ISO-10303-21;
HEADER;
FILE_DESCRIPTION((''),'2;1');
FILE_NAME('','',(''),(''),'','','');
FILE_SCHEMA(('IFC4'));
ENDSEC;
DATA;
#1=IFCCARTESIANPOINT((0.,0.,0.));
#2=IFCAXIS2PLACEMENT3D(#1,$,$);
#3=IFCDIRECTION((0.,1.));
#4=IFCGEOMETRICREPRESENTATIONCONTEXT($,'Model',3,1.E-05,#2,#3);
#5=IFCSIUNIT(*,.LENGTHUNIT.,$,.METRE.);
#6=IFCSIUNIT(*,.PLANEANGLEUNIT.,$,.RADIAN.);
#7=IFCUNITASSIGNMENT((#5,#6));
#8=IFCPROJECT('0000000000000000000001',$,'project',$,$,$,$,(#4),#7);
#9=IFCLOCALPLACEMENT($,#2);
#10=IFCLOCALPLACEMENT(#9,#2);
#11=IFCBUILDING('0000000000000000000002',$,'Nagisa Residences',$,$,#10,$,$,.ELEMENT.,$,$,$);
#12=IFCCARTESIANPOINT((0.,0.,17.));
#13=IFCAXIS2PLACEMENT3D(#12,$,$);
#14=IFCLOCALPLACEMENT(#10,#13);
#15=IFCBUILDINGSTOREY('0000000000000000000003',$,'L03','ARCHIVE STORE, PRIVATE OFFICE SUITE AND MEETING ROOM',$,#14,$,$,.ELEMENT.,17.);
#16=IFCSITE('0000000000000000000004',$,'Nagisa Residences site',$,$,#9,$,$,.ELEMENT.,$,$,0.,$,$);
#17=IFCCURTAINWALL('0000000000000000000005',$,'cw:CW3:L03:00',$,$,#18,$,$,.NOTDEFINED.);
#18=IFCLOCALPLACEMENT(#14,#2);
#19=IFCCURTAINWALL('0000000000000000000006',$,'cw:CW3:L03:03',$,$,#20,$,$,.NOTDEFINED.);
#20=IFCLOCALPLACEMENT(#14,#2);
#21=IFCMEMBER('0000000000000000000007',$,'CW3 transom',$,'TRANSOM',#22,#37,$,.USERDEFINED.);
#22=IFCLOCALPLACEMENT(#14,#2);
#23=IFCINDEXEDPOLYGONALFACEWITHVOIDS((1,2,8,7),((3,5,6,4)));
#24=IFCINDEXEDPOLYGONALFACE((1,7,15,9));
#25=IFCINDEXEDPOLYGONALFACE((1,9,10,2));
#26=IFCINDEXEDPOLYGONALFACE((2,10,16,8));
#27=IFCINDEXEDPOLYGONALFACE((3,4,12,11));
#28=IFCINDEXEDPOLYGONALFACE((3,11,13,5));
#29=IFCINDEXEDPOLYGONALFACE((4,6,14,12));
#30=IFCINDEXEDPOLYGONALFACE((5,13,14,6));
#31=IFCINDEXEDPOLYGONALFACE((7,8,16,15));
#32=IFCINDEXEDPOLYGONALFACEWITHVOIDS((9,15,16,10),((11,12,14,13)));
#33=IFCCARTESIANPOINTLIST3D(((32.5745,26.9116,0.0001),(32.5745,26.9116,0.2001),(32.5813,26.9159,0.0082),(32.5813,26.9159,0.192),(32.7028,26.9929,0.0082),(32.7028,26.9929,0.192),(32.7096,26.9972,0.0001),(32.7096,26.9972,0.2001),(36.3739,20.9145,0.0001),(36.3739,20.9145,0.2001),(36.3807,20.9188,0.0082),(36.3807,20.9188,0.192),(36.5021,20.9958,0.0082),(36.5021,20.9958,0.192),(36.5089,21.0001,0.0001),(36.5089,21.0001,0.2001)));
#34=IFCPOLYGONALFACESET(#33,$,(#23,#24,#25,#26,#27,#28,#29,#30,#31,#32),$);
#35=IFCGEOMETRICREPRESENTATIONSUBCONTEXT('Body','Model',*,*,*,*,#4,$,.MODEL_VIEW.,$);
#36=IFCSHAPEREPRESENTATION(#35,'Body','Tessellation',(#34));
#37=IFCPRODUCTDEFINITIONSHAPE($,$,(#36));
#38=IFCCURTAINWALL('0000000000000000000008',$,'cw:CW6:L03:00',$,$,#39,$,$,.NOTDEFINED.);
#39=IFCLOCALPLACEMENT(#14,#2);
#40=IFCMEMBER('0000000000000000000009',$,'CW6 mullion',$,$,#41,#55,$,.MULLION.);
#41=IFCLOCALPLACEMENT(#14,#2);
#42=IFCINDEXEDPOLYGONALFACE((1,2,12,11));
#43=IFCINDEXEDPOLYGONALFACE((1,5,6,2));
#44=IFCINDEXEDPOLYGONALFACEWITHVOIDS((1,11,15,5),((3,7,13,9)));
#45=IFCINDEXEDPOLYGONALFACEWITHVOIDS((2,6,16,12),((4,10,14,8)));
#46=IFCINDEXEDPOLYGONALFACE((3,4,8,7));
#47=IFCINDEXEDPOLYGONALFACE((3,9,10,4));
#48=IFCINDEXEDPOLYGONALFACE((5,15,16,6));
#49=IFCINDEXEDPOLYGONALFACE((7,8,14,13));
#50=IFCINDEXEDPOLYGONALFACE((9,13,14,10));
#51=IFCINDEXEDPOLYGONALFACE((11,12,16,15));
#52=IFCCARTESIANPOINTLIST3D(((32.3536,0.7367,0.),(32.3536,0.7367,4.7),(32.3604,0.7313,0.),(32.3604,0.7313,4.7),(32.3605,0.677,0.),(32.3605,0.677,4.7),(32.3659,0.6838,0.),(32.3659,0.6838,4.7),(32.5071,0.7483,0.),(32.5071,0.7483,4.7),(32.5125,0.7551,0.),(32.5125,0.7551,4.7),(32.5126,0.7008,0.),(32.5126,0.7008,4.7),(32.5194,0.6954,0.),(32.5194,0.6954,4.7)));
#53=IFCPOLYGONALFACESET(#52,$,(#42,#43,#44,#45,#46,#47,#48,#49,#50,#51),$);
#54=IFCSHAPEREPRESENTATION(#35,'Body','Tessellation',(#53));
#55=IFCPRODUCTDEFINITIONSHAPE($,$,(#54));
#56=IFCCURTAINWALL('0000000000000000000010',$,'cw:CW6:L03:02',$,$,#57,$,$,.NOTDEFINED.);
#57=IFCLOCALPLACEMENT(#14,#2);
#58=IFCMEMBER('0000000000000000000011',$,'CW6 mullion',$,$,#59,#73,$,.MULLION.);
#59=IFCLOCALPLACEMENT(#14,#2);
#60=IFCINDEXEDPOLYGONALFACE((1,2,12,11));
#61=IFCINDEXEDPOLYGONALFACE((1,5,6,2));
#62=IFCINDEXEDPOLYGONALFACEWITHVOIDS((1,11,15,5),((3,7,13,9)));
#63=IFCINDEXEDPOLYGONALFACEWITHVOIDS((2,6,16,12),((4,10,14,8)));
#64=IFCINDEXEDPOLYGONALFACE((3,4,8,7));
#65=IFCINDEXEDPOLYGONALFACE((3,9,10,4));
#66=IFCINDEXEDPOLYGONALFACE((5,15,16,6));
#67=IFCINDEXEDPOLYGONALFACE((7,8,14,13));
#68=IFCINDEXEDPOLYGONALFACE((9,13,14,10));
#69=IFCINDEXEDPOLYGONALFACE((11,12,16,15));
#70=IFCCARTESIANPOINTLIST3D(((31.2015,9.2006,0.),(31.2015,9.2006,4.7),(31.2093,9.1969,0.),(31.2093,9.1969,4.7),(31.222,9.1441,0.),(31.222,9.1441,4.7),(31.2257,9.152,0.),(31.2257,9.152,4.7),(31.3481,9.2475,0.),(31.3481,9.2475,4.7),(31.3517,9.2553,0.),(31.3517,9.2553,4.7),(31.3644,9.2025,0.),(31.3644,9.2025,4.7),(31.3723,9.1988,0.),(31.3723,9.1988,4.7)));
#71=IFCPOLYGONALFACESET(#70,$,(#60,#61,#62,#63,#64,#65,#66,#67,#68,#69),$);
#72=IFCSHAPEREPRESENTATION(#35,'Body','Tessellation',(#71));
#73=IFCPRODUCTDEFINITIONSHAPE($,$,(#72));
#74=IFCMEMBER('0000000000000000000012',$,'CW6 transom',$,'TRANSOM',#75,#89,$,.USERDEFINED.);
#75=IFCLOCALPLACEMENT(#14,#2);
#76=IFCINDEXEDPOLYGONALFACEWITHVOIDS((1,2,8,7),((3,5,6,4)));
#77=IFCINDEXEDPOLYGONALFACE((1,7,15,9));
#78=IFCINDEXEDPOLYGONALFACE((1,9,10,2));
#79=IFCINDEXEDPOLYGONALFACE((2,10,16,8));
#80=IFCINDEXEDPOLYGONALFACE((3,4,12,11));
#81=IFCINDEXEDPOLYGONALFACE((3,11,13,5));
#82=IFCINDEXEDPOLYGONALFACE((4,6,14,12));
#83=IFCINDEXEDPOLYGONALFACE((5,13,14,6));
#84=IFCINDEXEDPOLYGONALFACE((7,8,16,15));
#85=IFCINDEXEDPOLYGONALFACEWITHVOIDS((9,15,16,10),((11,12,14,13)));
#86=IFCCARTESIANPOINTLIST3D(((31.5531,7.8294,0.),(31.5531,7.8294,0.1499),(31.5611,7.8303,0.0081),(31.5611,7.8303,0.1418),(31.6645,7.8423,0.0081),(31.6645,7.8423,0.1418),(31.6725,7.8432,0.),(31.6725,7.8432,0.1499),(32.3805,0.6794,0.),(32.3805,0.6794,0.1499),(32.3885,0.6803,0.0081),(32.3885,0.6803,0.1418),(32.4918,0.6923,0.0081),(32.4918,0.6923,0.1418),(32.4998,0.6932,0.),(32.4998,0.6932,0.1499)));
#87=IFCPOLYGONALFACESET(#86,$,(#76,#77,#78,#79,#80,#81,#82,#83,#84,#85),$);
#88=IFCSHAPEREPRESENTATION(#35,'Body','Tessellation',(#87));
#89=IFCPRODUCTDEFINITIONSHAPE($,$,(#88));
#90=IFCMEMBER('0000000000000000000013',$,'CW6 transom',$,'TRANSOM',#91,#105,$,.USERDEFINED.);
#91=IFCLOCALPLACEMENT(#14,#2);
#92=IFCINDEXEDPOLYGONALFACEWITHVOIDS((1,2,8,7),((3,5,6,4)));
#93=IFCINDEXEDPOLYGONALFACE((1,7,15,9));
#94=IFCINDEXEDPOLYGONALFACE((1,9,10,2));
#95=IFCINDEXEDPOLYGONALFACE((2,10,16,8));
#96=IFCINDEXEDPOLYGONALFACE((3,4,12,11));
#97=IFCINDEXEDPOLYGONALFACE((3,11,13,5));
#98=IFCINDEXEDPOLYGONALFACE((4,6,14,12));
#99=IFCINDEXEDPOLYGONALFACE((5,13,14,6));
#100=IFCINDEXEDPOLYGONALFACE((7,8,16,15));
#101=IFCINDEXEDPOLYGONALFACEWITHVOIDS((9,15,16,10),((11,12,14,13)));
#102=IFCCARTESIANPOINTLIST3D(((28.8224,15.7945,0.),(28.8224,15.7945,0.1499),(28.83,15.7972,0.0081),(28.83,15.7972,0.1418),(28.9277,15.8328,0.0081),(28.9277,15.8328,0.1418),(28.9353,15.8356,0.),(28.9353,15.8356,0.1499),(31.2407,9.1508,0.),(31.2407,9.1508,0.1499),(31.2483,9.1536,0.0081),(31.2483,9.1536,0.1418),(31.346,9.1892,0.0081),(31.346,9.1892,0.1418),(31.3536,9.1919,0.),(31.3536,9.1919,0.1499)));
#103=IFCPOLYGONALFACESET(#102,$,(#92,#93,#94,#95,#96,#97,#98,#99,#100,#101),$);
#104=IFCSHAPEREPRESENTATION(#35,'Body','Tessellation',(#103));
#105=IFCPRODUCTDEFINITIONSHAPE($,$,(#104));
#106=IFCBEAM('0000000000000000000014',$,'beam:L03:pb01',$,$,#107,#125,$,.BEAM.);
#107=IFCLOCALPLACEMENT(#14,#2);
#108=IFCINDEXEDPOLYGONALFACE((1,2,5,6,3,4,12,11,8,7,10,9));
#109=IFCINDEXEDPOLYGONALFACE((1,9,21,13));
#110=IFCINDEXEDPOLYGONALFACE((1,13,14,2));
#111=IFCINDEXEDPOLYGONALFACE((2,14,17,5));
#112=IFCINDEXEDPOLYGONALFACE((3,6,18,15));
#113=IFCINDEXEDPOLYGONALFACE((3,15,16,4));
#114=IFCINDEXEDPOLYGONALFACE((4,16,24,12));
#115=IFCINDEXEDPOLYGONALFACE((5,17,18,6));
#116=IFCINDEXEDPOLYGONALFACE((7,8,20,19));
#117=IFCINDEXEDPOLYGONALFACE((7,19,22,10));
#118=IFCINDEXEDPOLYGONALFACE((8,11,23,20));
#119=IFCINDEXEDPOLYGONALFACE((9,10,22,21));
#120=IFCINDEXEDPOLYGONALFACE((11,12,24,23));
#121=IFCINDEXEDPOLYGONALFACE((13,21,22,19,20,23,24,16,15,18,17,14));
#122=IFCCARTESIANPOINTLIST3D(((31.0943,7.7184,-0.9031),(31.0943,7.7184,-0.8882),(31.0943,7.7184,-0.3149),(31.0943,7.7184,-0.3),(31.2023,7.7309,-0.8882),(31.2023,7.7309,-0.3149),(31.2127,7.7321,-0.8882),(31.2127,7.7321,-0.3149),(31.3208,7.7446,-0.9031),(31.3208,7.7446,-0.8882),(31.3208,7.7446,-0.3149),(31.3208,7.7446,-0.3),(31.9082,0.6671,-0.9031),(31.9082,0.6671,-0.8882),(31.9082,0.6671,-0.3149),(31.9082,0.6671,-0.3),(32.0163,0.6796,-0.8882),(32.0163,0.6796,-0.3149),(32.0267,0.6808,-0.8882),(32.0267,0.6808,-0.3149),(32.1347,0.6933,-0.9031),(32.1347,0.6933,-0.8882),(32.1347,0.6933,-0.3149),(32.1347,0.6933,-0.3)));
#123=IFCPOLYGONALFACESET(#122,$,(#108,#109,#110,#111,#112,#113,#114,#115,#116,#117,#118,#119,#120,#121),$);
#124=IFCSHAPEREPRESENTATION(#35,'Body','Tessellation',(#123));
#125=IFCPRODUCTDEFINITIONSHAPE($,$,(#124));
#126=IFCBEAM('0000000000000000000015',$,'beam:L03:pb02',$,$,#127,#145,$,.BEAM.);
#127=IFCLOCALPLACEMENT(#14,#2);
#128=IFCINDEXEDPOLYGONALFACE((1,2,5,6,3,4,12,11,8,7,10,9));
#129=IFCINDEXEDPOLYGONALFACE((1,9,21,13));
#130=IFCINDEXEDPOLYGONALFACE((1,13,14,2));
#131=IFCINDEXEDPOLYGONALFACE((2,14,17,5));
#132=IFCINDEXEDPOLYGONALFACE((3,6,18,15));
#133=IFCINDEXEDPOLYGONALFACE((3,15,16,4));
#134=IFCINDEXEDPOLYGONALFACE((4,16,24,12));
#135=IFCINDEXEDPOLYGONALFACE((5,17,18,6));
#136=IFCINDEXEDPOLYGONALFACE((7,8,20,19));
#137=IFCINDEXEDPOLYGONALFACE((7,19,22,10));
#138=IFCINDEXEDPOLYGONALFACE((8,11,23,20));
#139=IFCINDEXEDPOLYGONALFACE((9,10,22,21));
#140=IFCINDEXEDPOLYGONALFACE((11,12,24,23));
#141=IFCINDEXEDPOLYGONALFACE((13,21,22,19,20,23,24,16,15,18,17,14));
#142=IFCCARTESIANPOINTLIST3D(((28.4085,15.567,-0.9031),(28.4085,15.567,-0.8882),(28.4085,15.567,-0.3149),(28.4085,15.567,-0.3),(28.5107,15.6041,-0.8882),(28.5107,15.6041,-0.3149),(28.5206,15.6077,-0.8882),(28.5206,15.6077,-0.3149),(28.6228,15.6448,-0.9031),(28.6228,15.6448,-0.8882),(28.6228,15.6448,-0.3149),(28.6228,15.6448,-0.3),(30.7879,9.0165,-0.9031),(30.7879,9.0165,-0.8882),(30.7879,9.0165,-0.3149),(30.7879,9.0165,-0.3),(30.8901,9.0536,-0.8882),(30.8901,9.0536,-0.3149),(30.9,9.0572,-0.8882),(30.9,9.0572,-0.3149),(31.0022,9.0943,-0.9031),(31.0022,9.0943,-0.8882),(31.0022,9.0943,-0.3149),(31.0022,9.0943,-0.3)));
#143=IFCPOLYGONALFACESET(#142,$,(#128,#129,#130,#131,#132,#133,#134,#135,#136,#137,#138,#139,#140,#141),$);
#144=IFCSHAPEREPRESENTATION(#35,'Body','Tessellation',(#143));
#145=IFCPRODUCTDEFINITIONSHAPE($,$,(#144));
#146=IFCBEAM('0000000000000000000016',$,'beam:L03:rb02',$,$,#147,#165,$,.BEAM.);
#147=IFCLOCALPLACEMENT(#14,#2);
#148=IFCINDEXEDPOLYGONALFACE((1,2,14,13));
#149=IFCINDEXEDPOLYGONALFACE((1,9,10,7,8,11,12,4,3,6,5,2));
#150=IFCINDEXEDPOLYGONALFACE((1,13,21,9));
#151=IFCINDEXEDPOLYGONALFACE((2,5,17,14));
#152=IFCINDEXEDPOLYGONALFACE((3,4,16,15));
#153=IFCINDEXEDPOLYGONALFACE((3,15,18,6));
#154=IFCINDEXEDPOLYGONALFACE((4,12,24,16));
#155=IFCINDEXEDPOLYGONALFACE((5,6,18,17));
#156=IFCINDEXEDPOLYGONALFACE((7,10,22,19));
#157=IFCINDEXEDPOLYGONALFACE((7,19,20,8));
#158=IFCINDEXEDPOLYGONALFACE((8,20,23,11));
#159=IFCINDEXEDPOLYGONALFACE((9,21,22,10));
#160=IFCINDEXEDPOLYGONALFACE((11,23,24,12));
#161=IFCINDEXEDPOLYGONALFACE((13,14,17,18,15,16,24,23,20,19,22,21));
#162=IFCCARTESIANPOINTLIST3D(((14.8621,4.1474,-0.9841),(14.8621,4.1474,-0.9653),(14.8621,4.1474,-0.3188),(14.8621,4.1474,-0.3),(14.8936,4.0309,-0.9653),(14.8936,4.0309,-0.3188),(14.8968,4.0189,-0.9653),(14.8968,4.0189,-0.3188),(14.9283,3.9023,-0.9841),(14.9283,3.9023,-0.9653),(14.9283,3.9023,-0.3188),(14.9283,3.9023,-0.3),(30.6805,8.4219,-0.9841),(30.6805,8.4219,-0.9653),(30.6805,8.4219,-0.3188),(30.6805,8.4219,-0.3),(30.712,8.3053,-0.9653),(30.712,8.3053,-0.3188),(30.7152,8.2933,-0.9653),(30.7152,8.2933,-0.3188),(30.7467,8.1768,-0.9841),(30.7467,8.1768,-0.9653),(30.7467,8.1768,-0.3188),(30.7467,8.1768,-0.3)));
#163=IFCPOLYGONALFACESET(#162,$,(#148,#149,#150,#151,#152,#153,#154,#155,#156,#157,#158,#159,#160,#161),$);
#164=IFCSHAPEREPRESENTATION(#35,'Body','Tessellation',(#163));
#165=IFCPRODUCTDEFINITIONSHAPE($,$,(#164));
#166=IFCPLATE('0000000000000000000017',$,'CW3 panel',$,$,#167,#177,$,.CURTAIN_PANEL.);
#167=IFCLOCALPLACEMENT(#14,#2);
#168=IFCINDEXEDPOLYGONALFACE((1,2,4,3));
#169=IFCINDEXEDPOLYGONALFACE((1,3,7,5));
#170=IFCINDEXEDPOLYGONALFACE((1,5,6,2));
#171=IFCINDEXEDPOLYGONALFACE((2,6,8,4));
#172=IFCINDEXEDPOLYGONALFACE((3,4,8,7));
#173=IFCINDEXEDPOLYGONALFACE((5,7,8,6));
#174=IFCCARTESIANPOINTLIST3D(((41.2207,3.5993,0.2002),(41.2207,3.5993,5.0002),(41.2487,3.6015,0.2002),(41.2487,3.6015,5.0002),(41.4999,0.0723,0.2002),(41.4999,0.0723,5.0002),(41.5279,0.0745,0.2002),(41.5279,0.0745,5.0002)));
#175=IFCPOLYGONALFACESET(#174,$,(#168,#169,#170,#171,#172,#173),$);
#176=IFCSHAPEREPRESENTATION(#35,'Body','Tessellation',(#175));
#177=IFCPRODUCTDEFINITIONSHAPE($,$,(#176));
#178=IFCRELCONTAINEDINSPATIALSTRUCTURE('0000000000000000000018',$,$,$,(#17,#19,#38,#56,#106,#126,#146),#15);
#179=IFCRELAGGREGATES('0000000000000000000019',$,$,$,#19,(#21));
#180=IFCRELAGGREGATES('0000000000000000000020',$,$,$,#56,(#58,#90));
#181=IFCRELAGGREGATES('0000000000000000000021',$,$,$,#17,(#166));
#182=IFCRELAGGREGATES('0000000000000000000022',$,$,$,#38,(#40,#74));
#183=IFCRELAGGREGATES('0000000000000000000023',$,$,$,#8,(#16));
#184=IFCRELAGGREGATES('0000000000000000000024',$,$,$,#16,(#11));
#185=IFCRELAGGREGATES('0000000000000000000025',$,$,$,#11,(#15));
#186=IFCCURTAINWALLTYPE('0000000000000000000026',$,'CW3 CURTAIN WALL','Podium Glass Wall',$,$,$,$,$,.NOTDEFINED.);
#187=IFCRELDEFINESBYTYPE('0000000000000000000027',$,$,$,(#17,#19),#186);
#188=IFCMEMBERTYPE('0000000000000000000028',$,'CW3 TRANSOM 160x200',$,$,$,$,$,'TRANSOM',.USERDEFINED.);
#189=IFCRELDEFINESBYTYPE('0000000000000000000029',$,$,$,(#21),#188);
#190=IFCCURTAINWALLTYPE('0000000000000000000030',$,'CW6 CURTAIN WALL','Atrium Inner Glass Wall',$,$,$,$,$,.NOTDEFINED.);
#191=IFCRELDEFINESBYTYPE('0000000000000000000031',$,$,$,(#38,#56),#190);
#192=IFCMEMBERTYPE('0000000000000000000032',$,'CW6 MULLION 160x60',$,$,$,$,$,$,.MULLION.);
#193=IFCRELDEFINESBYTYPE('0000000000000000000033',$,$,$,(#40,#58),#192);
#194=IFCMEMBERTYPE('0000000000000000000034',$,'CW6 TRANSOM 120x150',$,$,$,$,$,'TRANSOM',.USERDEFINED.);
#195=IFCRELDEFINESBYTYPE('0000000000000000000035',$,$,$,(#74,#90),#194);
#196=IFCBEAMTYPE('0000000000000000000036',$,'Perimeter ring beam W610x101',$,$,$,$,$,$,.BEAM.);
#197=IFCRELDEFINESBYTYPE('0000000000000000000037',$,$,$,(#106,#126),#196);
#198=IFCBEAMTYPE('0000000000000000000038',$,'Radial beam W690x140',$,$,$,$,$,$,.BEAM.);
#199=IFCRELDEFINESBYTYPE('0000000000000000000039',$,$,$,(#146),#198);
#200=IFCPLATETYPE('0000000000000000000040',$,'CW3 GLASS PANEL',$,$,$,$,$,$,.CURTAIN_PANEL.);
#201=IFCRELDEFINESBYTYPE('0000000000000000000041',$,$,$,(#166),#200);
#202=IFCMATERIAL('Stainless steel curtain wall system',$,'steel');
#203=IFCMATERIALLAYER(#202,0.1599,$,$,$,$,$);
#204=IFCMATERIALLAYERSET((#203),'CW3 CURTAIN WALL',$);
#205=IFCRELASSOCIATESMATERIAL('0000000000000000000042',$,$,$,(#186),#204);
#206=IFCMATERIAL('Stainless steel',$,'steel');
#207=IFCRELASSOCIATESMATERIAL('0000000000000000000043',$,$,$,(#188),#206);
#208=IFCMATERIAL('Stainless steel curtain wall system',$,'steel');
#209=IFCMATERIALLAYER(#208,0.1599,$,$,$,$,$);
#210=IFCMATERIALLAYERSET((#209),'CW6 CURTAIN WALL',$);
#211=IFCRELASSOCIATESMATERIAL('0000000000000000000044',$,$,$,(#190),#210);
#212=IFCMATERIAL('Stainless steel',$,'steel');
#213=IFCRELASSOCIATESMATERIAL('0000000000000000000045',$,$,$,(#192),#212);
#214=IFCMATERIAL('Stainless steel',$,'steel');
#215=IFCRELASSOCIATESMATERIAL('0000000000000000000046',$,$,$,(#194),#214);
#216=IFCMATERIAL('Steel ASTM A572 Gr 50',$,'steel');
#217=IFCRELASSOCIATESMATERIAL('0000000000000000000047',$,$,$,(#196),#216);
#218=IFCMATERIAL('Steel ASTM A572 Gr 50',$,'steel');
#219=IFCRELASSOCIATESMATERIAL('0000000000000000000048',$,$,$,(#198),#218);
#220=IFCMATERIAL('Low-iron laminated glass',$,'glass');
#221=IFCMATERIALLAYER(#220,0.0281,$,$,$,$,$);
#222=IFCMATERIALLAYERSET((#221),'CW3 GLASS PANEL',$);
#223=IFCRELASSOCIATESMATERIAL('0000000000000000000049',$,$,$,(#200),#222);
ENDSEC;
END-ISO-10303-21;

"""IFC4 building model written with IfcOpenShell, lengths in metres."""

from ifc_helpers import new_model, si_unit, direction, frame, origin, origin_2d, place, context, subcontext, project, spatial, rectangle, hollow_rectangle, i_section, extrude, material, layer, layer_set, material_profile, profile_set, type_object, element, aggregate, save


model = new_model("IFC4")

# Units and contexts
model_context = context("Model", 3, precision=1e-05, world=origin(), true_north=direction((0.0, 1.0)))
body_context = subcontext(model_context, "Body", "Model", "MODEL_VIEW")
ifc_project = project(units=[si_unit("LENGTHUNIT", "METRE"), si_unit("PLANEANGLEUNIT", "RADIAN")], contexts=[model_context])

# Site, building, storey
site_placement = place(None, origin())
site = spatial("IfcSite", under=ifc_project, at=site_placement, Name="Nagisa Residences site", CompositionType="ELEMENT", RefElevation=0.0)
building_placement = place(site_placement, origin())
building = spatial("IfcBuilding", under=site, at=building_placement, Name="Nagisa Residences", CompositionType="ELEMENT")
storey_placement = place(building_placement, frame((0.0, 0.0, 17.0)))
storey = spatial("IfcBuildingStorey", under=building, at=storey_placement, Name="L03", Description="ARCHIVE STORE, PRIVATE OFFICE SUITE AND MEETING ROOM", CompositionType="ELEMENT", Elevation=17.0)

# Curtain wall
ifc_material_1 = material(Name="Stainless steel curtain wall system", Category="steel")
ifc_layer_1 = layer(ifc_material_1, 0.1599)
ifc_layer_set_1 = layer_set([ifc_layer_1], Name="CW3 CURTAIN WALL")
curtain_wall_type_1 = type_object("IfcCurtainWallType", Name="CW3 CURTAIN WALL", Description="Podium Glass Wall", PredefinedType="NOTDEFINED", material=ifc_layer_set_1)
curtain_wall_1_placement = place(storey_placement, origin())
curtain_wall_1 = element("IfcCurtainWall", 1, at=curtain_wall_1_placement, inside=storey, type_object=curtain_wall_type_1, Name="cw:CW3:L03:00", PredefinedType="NOTDEFINED")

# Curtain wall
curtain_wall_2_placement = place(storey_placement, origin())
curtain_wall_2 = element("IfcCurtainWall", 2, at=curtain_wall_2_placement, inside=storey, type_object=curtain_wall_type_1, Name="cw:CW3:L03:03", PredefinedType="NOTDEFINED")

# Member
ifc_material_2 = material(Name="Stainless steel", Category="steel")
ifc_material_profile_1 = material_profile(ifc_material_2, hollow_rectangle(XDim=0.1599, YDim=0.2, WallThickness=0.0081, at=origin_2d()), Name="CW3 TRANSOM 160x200")
ifc_profile_set_1 = profile_set([ifc_material_profile_1], Name="Stainless steel")
member_type_1 = type_object("IfcMemberType", Name="CW3 TRANSOM 160x200", ElementType="TRANSOM", PredefinedType="USERDEFINED", material=ifc_profile_set_1)
member_1_placement = place(storey_placement, frame((36.4414, 20.9573, 0.1001), z_axis=(-0.53517, 0.844744, 0.0), x_axis=(-0.844744, -0.53517, 0.0)))
member_1 = element("IfcMember", 3, at=member_1_placement, type_object=member_type_1, Name="CW3 transom", ObjectType="TRANSOM", PredefinedType="USERDEFINED", context=body_context, shape_type="SweptSolid", body=[
    extrude(hollow_rectangle(XDim=0.1599, YDim=0.2, WallThickness=0.0081, at=origin_2d()), origin(), (0.0, 0.0, 1.0), 7.0994),
])
aggregate(curtain_wall_2, [member_1])

# Curtain walls, members
ifc_material_3 = material(Name="Stainless steel curtain wall system", Category="steel")
ifc_layer_2 = layer(ifc_material_3, 0.1599)
ifc_layer_set_2 = layer_set([ifc_layer_2], Name="CW6 CURTAIN WALL")
curtain_wall_type_2 = type_object("IfcCurtainWallType", Name="CW6 CURTAIN WALL", Description="Atrium Inner Glass Wall", PredefinedType="NOTDEFINED", material=ifc_layer_set_2)
curtain_wall_3_placement = place(storey_placement, origin())
curtain_wall_3 = element("IfcCurtainWall", 4, at=curtain_wall_3_placement, inside=storey, type_object=curtain_wall_type_2, Name="cw:CW6:L03:00", PredefinedType="NOTDEFINED")
ifc_material_4 = material(Name="Stainless steel", Category="steel")
ifc_material_profile_2 = material_profile(ifc_material_4, hollow_rectangle(XDim=0.1599, YDim=0.0601, WallThickness=0.0061, at=origin_2d()), Name="CW6 MULLION 160x60")
ifc_profile_set_2 = profile_set([ifc_material_profile_2], Name="Stainless steel")
member_type_2 = type_object("IfcMemberType", Name="CW6 MULLION 160x60", PredefinedType="MULLION", material=ifc_profile_set_2)
member_2_placement = place(storey_placement, frame((32.4365, 0.7161, 0.0), z_axis=(0.0, 0.0, 1.0), x_axis=(-0.993374, -0.114928, 0.0)))
member_2 = element("IfcMember", 5, at=member_2_placement, type_object=member_type_2, Name="CW6 mullion", PredefinedType="MULLION", context=body_context, shape_type="SweptSolid", body=[
    extrude(hollow_rectangle(XDim=0.1599, YDim=0.0601, WallThickness=0.0061, at=origin_2d()), origin(), (0.0, 0.0, 1.0), 4.7),
])
curtain_wall_4_placement = place(storey_placement, origin())
curtain_wall_4 = element("IfcCurtainWall", 6, at=curtain_wall_4_placement, inside=storey, type_object=curtain_wall_type_2, Name="cw:CW6:L03:02", PredefinedType="NOTDEFINED")
member_3_placement = place(storey_placement, frame((31.2869, 9.1997, 0.0), z_axis=(0.0, 0.0, 1.0), x_axis=(-0.939682, -0.34205, 0.0)))
member_3 = element("IfcMember", 7, at=member_3_placement, type_object=member_type_2, Name="CW6 mullion", PredefinedType="MULLION", context=body_context, shape_type="SweptSolid", body=[
    extrude(hollow_rectangle(XDim=0.1599, YDim=0.0601, WallThickness=0.0061, at=origin_2d()), origin(), (0.0, 0.0, 1.0), 4.7),
])

# Members
ifc_material_5 = material(Name="Stainless steel", Category="steel")
ifc_material_profile_3 = material_profile(ifc_material_5, hollow_rectangle(XDim=0.1201, YDim=0.1499, WallThickness=0.0081, at=origin_2d()), Name="CW6 TRANSOM 120x150")
ifc_profile_set_3 = profile_set([ifc_material_profile_3], Name="Stainless steel")
member_type_3 = type_object("IfcMemberType", Name="CW6 TRANSOM 120x150", ElementType="TRANSOM", PredefinedType="USERDEFINED", material=ifc_profile_set_3)
member_4_placement = place(storey_placement, frame((32.4402, 0.6863, 0.075), z_axis=(-0.11495, 0.993371, 0.0), x_axis=(-0.993371, -0.11495, 0.0)))
member_4 = element("IfcMember", 8, at=member_4_placement, type_object=member_type_3, Name="CW6 transom", ObjectType="TRANSOM", PredefinedType="USERDEFINED", context=body_context, shape_type="SweptSolid", body=[
    extrude(hollow_rectangle(XDim=0.1201, YDim=0.1499, WallThickness=0.0081, at=origin_2d()), origin(), (0.0, 0.0, 1.0), 7.1978),
])
member_5_placement = place(storey_placement, frame((31.2971, 9.1714, 0.075), z_axis=(-0.34204, 0.939685, 0.0), x_axis=(-0.939685, -0.34204, 0.0)))
member_5 = element("IfcMember", 9, at=member_5_placement, type_object=member_type_3, Name="CW6 transom", ObjectType="TRANSOM", PredefinedType="USERDEFINED", context=body_context, shape_type="SweptSolid", body=[
    extrude(hollow_rectangle(XDim=0.1201, YDim=0.1499, WallThickness=0.0081, at=origin_2d()), origin(), (0.0, 0.0, 1.0), 7.0701),
])
aggregate(curtain_wall_4, [member_3, member_5])

# Beams
ifc_material_6 = material(Name="Steel ASTM A572 Gr 50", Category="steel")
ifc_material_profile_4 = material_profile(ifc_material_6, i_section(OverallWidth=0.228, OverallDepth=0.603, WebThickness=0.0105, FlangeThickness=0.0149, at=origin_2d()), Name="W610x101")
ifc_profile_set_4 = profile_set([ifc_material_profile_4], Name="Steel ASTM A572 Gr 50")
beam_type_1 = type_object("IfcBeamType", Name="Perimeter ring beam W610x101", PredefinedType="BEAM", material=ifc_profile_set_4)
beam_1_placement = place(storey_placement, frame((32.0215, 0.6802, -0.6016), z_axis=(-0.114674, 0.993403, 0.0), x_axis=(-0.993403, -0.114674, 0.0)))
element("IfcBeam", 10, at=beam_1_placement, inside=storey, type_object=beam_type_1, Name="beam:L03:pb01", PredefinedType="BEAM", context=body_context, shape_type="SweptSolid", body=[
    extrude(i_section(OverallWidth=0.228, OverallDepth=0.603, WebThickness=0.0105, FlangeThickness=0.0149, at=origin_2d()), origin(), (0.0, 0.0, 1.0), 7.0981),
])
beam_2_placement = place(storey_placement, frame((30.895, 9.0554, -0.6016), z_axis=(-0.341411, 0.939914, 0.0), x_axis=(-0.939914, -0.341411, 0.0)))
element("IfcBeam", 11, at=beam_2_placement, inside=storey, type_object=beam_type_1, Name="beam:L03:pb02", PredefinedType="BEAM", context=body_context, shape_type="SweptSolid", body=[
    extrude(i_section(OverallWidth=0.228, OverallDepth=0.603, WebThickness=0.0105, FlangeThickness=0.0149, at=origin_2d()), origin(), (0.0, 0.0, 1.0), 6.9692),
])
ifc_material_7 = material(Name="Steel ASTM A572 Gr 50", Category="steel")
ifc_material_profile_5 = material_profile(ifc_material_7, i_section(OverallWidth=0.2539, OverallDepth=0.6841, WebThickness=0.0125, FlangeThickness=0.0188, at=origin_2d()), Name="W690x140")
ifc_profile_set_5 = profile_set([ifc_material_profile_5], Name="Steel ASTM A572 Gr 50")
beam_type_2 = type_object("IfcBeamType", Name="Radial beam W690x140", PredefinedType="BEAM", material=ifc_profile_set_5)
beam_3_placement = place(storey_placement, frame((30.7136, 8.2993, -0.6421), z_axis=(-0.965376, -0.260862, 0.0), x_axis=(0.260862, -0.965376, 0.0)))
element("IfcBeam", 12, at=beam_3_placement, inside=storey, type_object=beam_type_2, Name="beam:L03:rb02", PredefinedType="BEAM", context=body_context, shape_type="SweptSolid", body=[
    extrude(i_section(OverallWidth=0.2539, OverallDepth=0.6841, WebThickness=0.0125, FlangeThickness=0.0188, at=origin_2d()), origin(), (0.0, 0.0, 1.0), 16.3857),
])

# Plate
ifc_material_8 = material(Name="Low-iron laminated glass", Category="glass")
ifc_layer_3 = layer(ifc_material_8, 0.0281)
ifc_layer_set_3 = layer_set([ifc_layer_3], Name="CW3 GLASS PANEL")
plate_type_1 = type_object("IfcPlateType", Name="CW3 GLASS PANEL", PredefinedType="CURTAIN_PANEL", material=ifc_layer_set_3)
plate_1_placement = place(storey_placement, frame((41.3743, 1.8369, 0.2002), z_axis=(0.0, 0.0, 1.0), x_axis=(-0.07891, 0.996882, 0.0)))
plate_1 = element("IfcPlate", 13, at=plate_1_placement, type_object=plate_type_1, Name="CW3 panel", PredefinedType="CURTAIN_PANEL", context=body_context, shape_type="SweptSolid", body=[
    extrude(rectangle(XDim=3.5381, YDim=0.0281, at=origin_2d()), origin(), (0.0, 0.0, 1.0), 4.8),
])
aggregate(curtain_wall_1, [plate_1])
aggregate(curtain_wall_3, [member_2, member_4])

save(model, "model.ifc")
